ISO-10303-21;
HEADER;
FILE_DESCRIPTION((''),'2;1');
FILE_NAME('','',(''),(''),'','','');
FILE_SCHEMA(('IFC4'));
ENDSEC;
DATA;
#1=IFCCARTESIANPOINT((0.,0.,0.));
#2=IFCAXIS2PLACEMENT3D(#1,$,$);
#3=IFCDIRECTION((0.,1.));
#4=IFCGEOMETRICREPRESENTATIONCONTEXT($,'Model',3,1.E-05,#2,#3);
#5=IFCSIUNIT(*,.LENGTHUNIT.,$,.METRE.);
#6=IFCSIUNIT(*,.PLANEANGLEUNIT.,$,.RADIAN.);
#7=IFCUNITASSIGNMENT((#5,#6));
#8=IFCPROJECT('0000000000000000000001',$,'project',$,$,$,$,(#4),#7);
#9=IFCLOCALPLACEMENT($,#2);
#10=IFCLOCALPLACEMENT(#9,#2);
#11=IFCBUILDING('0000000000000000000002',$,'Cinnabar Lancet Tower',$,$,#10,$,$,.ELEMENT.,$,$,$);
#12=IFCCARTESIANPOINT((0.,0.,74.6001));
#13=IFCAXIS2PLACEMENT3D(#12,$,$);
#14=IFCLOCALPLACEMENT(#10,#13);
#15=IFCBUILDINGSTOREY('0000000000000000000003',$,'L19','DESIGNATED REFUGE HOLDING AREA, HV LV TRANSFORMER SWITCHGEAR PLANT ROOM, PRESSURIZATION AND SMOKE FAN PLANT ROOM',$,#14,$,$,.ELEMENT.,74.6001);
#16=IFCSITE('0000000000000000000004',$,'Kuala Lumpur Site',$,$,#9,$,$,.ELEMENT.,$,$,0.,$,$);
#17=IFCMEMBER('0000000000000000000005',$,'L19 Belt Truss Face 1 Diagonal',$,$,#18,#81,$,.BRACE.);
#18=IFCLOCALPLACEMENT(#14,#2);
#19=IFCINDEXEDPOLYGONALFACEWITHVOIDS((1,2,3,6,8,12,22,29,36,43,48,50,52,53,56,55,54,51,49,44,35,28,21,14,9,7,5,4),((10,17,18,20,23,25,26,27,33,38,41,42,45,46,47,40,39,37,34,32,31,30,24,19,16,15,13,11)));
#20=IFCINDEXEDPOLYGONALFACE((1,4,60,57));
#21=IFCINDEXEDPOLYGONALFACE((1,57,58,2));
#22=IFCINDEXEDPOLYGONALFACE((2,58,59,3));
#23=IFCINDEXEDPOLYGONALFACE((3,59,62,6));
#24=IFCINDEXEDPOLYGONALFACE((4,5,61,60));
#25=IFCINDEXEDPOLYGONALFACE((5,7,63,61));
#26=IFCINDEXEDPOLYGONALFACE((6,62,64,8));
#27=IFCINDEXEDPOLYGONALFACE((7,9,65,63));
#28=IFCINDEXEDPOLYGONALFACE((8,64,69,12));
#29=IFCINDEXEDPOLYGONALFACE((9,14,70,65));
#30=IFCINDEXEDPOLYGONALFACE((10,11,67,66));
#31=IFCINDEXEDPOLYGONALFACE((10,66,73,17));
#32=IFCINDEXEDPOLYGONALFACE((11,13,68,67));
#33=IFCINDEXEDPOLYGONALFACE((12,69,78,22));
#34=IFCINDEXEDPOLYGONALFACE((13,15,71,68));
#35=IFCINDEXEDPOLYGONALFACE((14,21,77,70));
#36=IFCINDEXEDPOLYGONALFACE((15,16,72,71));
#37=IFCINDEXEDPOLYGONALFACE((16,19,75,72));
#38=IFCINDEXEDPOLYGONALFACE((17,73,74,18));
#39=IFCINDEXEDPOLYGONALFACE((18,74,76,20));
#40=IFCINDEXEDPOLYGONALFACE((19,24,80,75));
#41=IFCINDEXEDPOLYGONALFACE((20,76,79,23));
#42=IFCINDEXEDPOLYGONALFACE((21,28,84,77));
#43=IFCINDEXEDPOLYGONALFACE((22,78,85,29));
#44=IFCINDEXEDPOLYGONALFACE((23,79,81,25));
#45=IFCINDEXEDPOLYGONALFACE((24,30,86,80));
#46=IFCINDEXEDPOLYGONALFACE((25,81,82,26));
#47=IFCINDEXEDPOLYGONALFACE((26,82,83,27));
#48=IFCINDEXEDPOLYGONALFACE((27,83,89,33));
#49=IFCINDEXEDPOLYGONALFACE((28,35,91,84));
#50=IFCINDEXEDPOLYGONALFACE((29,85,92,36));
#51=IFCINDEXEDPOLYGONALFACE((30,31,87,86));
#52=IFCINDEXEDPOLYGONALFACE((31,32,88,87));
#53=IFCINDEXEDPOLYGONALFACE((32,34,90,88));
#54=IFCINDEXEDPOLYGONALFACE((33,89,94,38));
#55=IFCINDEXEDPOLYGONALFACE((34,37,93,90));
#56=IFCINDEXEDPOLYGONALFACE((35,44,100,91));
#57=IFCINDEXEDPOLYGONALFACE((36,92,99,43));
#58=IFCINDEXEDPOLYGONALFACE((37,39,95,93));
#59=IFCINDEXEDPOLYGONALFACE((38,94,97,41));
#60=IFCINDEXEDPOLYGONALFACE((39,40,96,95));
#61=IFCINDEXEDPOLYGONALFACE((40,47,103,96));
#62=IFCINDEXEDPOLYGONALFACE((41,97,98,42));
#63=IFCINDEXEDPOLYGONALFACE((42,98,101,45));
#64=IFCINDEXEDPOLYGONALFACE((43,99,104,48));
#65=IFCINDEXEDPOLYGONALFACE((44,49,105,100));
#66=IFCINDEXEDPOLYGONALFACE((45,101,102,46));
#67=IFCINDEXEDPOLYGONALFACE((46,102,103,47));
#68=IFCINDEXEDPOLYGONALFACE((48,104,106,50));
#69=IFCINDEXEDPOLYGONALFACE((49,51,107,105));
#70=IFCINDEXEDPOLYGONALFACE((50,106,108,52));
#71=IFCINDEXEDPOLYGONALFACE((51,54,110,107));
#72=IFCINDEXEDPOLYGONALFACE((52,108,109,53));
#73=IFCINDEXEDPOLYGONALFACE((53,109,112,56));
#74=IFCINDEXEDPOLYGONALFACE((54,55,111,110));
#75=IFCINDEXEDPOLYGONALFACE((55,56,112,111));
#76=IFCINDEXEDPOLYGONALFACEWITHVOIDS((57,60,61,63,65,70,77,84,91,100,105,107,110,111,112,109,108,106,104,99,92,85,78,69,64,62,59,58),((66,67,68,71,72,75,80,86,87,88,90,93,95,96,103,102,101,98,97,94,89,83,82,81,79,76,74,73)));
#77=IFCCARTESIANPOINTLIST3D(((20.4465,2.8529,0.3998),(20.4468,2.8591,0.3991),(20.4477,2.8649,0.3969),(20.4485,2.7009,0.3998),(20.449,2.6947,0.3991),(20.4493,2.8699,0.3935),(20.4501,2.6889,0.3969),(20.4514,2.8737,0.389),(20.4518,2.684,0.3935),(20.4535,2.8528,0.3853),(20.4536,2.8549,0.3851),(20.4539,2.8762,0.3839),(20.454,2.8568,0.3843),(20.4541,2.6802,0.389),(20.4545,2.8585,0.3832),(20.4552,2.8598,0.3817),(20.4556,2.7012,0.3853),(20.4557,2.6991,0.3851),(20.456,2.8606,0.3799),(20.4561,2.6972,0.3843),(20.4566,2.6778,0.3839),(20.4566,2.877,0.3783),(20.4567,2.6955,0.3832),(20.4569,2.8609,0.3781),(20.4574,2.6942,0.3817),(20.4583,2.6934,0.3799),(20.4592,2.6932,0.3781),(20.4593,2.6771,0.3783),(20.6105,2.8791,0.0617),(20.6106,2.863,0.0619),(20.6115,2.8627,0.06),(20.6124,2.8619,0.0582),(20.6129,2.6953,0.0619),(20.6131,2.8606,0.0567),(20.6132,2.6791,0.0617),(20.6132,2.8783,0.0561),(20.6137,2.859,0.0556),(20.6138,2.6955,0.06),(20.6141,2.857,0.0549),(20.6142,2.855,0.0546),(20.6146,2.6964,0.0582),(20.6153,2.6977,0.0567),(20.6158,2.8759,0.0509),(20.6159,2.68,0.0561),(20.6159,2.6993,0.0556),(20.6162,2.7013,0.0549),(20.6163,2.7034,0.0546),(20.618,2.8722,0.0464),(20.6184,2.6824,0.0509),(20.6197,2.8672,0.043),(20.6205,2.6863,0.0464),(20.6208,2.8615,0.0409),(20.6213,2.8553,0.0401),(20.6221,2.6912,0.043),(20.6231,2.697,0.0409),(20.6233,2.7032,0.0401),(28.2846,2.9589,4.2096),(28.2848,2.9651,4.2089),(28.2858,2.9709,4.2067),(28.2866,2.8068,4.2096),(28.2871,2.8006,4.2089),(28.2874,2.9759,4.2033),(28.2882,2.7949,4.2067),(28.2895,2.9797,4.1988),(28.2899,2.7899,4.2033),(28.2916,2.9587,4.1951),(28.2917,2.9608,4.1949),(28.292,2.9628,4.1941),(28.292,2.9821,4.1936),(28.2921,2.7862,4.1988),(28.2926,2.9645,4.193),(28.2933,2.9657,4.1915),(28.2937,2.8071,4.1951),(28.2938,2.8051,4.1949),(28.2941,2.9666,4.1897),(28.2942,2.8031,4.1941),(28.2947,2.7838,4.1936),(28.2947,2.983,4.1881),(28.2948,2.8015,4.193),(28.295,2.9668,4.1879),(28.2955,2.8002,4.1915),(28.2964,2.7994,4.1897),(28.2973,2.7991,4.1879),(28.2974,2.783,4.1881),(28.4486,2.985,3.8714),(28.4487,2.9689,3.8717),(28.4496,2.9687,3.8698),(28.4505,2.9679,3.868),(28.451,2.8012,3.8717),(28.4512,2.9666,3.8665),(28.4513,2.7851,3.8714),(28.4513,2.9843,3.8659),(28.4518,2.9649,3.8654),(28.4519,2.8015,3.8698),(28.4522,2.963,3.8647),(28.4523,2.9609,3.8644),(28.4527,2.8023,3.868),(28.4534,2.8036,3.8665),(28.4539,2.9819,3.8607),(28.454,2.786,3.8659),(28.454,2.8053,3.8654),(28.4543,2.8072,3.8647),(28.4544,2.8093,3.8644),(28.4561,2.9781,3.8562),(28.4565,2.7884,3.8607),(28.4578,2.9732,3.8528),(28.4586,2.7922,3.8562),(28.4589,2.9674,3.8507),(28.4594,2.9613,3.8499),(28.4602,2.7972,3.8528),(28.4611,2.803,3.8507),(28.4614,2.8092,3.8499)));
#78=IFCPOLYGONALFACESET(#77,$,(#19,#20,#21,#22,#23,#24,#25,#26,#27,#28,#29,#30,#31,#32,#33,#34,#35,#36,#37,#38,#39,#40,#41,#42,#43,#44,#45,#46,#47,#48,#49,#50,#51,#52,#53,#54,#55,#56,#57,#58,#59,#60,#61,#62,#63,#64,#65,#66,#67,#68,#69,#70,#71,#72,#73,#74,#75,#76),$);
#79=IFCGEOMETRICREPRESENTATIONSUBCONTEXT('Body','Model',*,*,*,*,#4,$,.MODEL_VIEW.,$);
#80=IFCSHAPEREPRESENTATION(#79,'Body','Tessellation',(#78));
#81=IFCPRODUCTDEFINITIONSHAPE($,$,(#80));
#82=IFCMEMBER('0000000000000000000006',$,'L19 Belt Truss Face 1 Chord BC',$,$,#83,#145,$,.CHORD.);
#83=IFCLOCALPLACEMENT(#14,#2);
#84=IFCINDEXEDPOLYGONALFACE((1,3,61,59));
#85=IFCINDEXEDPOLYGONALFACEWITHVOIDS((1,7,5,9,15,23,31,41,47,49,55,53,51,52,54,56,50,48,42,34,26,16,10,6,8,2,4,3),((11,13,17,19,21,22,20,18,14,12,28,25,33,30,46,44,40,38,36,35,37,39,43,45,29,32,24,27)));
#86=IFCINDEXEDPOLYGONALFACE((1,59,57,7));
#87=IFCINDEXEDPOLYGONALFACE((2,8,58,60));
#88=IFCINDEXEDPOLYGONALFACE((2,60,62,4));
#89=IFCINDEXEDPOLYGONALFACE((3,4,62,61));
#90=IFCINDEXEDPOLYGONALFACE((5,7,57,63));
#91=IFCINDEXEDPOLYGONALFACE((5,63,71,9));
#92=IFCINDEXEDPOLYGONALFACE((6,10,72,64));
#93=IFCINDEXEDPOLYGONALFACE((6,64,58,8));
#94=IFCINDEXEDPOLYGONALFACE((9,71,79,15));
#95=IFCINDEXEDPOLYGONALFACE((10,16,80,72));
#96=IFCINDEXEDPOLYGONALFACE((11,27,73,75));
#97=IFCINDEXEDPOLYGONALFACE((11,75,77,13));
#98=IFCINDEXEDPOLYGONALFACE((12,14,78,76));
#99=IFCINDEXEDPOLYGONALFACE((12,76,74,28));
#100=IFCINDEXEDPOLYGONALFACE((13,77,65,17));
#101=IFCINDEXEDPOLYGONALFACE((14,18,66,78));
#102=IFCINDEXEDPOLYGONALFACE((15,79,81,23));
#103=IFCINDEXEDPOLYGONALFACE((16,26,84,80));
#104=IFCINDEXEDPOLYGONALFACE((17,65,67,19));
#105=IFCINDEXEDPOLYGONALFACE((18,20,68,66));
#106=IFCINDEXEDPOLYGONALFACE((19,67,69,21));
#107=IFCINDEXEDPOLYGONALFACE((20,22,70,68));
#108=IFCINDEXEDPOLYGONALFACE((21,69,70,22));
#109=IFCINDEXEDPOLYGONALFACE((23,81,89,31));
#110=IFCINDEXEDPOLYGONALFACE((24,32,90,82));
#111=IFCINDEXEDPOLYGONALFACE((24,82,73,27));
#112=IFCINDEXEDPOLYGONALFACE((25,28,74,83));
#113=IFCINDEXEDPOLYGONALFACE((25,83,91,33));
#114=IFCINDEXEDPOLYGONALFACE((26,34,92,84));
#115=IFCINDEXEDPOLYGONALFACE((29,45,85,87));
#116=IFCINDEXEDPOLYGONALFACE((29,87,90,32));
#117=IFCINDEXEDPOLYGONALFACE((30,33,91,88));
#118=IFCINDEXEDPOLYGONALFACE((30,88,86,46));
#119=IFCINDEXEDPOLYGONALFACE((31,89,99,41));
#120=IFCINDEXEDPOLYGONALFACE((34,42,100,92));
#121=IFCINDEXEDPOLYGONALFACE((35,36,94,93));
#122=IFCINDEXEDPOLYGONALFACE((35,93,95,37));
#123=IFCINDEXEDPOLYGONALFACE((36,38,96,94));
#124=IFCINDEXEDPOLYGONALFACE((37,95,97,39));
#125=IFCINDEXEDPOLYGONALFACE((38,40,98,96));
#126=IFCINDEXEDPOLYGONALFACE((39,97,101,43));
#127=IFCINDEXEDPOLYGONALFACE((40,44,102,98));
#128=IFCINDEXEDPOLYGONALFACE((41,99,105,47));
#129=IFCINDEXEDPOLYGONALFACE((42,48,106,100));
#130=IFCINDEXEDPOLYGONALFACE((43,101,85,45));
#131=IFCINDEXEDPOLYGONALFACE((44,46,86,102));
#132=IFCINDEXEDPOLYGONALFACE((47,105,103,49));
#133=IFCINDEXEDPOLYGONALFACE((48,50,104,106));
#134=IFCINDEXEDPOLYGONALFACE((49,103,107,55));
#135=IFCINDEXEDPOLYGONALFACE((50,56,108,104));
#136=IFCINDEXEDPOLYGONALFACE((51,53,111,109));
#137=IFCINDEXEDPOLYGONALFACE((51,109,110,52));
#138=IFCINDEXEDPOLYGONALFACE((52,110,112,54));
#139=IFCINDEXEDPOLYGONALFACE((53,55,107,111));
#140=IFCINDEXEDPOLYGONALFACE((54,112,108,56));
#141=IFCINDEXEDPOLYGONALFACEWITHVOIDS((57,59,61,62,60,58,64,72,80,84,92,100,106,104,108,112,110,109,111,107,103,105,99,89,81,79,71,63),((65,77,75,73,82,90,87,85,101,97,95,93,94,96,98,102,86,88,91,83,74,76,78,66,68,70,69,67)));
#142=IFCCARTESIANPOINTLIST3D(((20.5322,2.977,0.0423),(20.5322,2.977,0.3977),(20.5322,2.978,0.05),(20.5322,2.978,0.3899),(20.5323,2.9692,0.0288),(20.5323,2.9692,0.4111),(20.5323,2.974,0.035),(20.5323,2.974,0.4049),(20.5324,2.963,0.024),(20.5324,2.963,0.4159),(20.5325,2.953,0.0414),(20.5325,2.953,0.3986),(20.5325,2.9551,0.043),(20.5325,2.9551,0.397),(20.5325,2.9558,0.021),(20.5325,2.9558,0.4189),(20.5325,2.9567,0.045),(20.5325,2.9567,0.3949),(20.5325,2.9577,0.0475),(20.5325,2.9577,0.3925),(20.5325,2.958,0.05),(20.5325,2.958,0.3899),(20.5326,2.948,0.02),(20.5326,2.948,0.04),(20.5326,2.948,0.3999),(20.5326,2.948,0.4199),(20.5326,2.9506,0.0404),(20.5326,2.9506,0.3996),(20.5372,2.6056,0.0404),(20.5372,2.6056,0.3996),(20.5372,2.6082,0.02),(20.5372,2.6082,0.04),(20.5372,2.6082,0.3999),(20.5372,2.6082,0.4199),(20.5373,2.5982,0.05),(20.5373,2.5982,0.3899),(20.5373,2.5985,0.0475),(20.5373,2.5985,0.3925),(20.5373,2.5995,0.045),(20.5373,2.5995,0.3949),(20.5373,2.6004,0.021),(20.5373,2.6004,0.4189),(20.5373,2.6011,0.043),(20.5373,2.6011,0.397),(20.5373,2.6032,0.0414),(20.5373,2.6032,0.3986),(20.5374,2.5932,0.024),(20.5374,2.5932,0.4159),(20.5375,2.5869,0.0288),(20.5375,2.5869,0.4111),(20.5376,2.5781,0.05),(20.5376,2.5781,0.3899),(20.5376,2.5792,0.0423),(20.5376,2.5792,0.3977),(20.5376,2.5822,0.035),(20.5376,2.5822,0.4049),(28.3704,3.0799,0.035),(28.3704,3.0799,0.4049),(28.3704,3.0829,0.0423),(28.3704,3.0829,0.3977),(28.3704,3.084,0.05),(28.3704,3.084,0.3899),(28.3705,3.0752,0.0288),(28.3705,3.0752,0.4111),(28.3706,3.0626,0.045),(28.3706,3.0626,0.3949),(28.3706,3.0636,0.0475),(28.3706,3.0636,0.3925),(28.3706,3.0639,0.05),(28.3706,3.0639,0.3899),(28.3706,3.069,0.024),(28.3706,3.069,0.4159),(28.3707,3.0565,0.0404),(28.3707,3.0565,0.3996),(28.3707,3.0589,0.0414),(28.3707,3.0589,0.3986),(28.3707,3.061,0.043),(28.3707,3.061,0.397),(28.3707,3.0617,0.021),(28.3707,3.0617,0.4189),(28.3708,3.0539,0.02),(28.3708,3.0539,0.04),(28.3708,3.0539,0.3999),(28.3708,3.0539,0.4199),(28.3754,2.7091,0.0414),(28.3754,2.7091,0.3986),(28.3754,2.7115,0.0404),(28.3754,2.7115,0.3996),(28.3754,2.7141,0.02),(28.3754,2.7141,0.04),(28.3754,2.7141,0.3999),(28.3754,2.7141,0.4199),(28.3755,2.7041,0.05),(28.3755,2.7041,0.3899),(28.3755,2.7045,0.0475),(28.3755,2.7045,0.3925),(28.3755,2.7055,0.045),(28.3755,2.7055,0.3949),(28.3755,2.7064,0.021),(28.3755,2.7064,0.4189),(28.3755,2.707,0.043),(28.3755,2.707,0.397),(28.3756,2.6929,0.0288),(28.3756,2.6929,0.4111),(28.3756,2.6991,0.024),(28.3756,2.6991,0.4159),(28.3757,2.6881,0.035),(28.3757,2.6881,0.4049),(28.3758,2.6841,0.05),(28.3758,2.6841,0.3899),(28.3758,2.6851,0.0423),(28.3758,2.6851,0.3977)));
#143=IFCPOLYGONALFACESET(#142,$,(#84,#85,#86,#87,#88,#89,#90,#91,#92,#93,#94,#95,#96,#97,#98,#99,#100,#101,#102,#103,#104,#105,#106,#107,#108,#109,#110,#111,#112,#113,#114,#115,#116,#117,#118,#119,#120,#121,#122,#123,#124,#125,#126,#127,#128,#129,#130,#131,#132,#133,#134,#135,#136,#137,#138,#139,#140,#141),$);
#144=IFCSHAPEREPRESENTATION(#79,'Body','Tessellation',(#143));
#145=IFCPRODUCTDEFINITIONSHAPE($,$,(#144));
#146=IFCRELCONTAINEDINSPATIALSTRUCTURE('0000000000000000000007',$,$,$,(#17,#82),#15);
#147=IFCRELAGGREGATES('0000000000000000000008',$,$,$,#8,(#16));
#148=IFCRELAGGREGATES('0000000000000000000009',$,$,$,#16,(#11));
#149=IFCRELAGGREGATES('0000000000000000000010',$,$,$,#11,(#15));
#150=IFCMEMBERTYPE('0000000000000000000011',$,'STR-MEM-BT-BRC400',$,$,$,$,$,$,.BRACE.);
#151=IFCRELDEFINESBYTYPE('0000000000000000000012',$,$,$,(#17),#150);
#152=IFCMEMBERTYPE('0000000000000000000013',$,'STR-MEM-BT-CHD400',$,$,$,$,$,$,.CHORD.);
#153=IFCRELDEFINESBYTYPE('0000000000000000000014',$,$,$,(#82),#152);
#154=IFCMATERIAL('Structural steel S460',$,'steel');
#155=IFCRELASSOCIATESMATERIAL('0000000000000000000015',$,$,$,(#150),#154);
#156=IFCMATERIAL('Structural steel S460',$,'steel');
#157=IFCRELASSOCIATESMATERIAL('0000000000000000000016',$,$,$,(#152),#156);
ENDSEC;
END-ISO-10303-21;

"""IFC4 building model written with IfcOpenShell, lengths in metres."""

from ifc_helpers import new_model, si_unit, direction, frame, origin, origin_2d, place, context, subcontext, project, spatial, hollow_rectangle, extrude, material, material_profile, profile_set, type_object, element, save


model = new_model("IFC4")

# Units and contexts
model_context = context("Model", 3, precision=1e-05, world=origin(), true_north=direction((0.0, 1.0)))
body_context = subcontext(model_context, "Body", "Model", "MODEL_VIEW")
ifc_project = project(units=[si_unit("LENGTHUNIT", "METRE"), si_unit("PLANEANGLEUNIT", "RADIAN")], contexts=[model_context])

# Site, building, storey
site_placement = place(None, origin())
site = spatial("IfcSite", under=ifc_project, at=site_placement, Name="Kuala Lumpur Site", CompositionType="ELEMENT", RefElevation=0.0)
building_placement = place(site_placement, origin())
building = spatial("IfcBuilding", under=site, at=building_placement, Name="Cinnabar Lancet Tower", CompositionType="ELEMENT")
storey_placement = place(building_placement, frame((0.0, 0.0, 74.6001)))
storey = spatial("IfcBuildingStorey", under=building, at=storey_placement, Name="L19", Description="DESIGNATED REFUGE HOLDING AREA, HV LV TRANSFORMER SWITCHGEAR PLANT ROOM, PRESSURIZATION AND SMOKE FAN PLANT ROOM", CompositionType="ELEMENT", Elevation=74.6001)

# Members
ifc_material_1 = material(Name="Structural steel S460", Category="steel")
ifc_material_profile_1 = material_profile(ifc_material_1, hollow_rectangle(XDim=0.2, YDim=0.3999, WallThickness=0.0161, InnerFilletRadius=0.0081, OuterFilletRadius=0.0239, at=origin_2d()), Name="RHS 400x200x16")
ifc_profile_set_1 = profile_set([ifc_material_profile_1], Name="Structural steel S460")
member_type_1 = type_object("IfcMemberType", Name="STR-MEM-BT-BRC400", PredefinedType="BRACE", material=ifc_profile_set_1)
member_1_placement = place(storey_placement, frame((20.5349, 2.7781, 0.22), z_axis=(0.899319, 0.012157, 0.437124), x_axis=(-0.013517, 0.999909, 0.0)))
element("IfcMember", 1, at=member_1_placement, inside=storey, type_object=member_type_1, Name="L19 Belt Truss Face 1 Diagonal", PredefinedType="BRACE", context=body_context, shape_type="SweptSolid", body=[
    extrude(hollow_rectangle(XDim=0.2, YDim=0.3999, WallThickness=0.0161, InnerFilletRadius=0.0081, OuterFilletRadius=0.0239, at=origin_2d()), origin(), (0.0, 0.0, 1.0), 8.7156),
])
ifc_material_2 = material(Name="Structural steel S460", Category="steel")
ifc_material_profile_2 = material_profile(ifc_material_2, hollow_rectangle(XDim=0.3999, YDim=0.3999, WallThickness=0.02, InnerFilletRadius=0.01, OuterFilletRadius=0.03, at=origin_2d()), Name="SHS 400x400x20")
ifc_profile_set_2 = profile_set([ifc_material_profile_2], Name="Structural steel S460")
member_type_2 = type_object("IfcMemberType", Name="STR-MEM-BT-CHD400", PredefinedType="CHORD", material=ifc_profile_set_2)
for number, where, z_axis, x_axis, name in (
    (2, (20.5349, 2.7781, 0.22), (0.999909, 0.013517, 0.0), (-0.013517, 0.999909, 0.0), "L19 Belt Truss Face 1 Chord BC"),
):
    element("IfcMember", number, at=place(storey_placement, frame(where, z_axis=z_axis, x_axis=x_axis)), inside=storey, type_object=member_type_2, Name=name, PredefinedType="CHORD", context=body_context, shape_type="SweptSolid", body=[
        extrude(hollow_rectangle(XDim=0.3999, YDim=0.3999, WallThickness=0.02, InnerFilletRadius=0.01, OuterFilletRadius=0.03, at=origin_2d()), origin(), (0.0, 0.0, 1.0), 7.8389),
    ])

save(model, "model.ifc")
